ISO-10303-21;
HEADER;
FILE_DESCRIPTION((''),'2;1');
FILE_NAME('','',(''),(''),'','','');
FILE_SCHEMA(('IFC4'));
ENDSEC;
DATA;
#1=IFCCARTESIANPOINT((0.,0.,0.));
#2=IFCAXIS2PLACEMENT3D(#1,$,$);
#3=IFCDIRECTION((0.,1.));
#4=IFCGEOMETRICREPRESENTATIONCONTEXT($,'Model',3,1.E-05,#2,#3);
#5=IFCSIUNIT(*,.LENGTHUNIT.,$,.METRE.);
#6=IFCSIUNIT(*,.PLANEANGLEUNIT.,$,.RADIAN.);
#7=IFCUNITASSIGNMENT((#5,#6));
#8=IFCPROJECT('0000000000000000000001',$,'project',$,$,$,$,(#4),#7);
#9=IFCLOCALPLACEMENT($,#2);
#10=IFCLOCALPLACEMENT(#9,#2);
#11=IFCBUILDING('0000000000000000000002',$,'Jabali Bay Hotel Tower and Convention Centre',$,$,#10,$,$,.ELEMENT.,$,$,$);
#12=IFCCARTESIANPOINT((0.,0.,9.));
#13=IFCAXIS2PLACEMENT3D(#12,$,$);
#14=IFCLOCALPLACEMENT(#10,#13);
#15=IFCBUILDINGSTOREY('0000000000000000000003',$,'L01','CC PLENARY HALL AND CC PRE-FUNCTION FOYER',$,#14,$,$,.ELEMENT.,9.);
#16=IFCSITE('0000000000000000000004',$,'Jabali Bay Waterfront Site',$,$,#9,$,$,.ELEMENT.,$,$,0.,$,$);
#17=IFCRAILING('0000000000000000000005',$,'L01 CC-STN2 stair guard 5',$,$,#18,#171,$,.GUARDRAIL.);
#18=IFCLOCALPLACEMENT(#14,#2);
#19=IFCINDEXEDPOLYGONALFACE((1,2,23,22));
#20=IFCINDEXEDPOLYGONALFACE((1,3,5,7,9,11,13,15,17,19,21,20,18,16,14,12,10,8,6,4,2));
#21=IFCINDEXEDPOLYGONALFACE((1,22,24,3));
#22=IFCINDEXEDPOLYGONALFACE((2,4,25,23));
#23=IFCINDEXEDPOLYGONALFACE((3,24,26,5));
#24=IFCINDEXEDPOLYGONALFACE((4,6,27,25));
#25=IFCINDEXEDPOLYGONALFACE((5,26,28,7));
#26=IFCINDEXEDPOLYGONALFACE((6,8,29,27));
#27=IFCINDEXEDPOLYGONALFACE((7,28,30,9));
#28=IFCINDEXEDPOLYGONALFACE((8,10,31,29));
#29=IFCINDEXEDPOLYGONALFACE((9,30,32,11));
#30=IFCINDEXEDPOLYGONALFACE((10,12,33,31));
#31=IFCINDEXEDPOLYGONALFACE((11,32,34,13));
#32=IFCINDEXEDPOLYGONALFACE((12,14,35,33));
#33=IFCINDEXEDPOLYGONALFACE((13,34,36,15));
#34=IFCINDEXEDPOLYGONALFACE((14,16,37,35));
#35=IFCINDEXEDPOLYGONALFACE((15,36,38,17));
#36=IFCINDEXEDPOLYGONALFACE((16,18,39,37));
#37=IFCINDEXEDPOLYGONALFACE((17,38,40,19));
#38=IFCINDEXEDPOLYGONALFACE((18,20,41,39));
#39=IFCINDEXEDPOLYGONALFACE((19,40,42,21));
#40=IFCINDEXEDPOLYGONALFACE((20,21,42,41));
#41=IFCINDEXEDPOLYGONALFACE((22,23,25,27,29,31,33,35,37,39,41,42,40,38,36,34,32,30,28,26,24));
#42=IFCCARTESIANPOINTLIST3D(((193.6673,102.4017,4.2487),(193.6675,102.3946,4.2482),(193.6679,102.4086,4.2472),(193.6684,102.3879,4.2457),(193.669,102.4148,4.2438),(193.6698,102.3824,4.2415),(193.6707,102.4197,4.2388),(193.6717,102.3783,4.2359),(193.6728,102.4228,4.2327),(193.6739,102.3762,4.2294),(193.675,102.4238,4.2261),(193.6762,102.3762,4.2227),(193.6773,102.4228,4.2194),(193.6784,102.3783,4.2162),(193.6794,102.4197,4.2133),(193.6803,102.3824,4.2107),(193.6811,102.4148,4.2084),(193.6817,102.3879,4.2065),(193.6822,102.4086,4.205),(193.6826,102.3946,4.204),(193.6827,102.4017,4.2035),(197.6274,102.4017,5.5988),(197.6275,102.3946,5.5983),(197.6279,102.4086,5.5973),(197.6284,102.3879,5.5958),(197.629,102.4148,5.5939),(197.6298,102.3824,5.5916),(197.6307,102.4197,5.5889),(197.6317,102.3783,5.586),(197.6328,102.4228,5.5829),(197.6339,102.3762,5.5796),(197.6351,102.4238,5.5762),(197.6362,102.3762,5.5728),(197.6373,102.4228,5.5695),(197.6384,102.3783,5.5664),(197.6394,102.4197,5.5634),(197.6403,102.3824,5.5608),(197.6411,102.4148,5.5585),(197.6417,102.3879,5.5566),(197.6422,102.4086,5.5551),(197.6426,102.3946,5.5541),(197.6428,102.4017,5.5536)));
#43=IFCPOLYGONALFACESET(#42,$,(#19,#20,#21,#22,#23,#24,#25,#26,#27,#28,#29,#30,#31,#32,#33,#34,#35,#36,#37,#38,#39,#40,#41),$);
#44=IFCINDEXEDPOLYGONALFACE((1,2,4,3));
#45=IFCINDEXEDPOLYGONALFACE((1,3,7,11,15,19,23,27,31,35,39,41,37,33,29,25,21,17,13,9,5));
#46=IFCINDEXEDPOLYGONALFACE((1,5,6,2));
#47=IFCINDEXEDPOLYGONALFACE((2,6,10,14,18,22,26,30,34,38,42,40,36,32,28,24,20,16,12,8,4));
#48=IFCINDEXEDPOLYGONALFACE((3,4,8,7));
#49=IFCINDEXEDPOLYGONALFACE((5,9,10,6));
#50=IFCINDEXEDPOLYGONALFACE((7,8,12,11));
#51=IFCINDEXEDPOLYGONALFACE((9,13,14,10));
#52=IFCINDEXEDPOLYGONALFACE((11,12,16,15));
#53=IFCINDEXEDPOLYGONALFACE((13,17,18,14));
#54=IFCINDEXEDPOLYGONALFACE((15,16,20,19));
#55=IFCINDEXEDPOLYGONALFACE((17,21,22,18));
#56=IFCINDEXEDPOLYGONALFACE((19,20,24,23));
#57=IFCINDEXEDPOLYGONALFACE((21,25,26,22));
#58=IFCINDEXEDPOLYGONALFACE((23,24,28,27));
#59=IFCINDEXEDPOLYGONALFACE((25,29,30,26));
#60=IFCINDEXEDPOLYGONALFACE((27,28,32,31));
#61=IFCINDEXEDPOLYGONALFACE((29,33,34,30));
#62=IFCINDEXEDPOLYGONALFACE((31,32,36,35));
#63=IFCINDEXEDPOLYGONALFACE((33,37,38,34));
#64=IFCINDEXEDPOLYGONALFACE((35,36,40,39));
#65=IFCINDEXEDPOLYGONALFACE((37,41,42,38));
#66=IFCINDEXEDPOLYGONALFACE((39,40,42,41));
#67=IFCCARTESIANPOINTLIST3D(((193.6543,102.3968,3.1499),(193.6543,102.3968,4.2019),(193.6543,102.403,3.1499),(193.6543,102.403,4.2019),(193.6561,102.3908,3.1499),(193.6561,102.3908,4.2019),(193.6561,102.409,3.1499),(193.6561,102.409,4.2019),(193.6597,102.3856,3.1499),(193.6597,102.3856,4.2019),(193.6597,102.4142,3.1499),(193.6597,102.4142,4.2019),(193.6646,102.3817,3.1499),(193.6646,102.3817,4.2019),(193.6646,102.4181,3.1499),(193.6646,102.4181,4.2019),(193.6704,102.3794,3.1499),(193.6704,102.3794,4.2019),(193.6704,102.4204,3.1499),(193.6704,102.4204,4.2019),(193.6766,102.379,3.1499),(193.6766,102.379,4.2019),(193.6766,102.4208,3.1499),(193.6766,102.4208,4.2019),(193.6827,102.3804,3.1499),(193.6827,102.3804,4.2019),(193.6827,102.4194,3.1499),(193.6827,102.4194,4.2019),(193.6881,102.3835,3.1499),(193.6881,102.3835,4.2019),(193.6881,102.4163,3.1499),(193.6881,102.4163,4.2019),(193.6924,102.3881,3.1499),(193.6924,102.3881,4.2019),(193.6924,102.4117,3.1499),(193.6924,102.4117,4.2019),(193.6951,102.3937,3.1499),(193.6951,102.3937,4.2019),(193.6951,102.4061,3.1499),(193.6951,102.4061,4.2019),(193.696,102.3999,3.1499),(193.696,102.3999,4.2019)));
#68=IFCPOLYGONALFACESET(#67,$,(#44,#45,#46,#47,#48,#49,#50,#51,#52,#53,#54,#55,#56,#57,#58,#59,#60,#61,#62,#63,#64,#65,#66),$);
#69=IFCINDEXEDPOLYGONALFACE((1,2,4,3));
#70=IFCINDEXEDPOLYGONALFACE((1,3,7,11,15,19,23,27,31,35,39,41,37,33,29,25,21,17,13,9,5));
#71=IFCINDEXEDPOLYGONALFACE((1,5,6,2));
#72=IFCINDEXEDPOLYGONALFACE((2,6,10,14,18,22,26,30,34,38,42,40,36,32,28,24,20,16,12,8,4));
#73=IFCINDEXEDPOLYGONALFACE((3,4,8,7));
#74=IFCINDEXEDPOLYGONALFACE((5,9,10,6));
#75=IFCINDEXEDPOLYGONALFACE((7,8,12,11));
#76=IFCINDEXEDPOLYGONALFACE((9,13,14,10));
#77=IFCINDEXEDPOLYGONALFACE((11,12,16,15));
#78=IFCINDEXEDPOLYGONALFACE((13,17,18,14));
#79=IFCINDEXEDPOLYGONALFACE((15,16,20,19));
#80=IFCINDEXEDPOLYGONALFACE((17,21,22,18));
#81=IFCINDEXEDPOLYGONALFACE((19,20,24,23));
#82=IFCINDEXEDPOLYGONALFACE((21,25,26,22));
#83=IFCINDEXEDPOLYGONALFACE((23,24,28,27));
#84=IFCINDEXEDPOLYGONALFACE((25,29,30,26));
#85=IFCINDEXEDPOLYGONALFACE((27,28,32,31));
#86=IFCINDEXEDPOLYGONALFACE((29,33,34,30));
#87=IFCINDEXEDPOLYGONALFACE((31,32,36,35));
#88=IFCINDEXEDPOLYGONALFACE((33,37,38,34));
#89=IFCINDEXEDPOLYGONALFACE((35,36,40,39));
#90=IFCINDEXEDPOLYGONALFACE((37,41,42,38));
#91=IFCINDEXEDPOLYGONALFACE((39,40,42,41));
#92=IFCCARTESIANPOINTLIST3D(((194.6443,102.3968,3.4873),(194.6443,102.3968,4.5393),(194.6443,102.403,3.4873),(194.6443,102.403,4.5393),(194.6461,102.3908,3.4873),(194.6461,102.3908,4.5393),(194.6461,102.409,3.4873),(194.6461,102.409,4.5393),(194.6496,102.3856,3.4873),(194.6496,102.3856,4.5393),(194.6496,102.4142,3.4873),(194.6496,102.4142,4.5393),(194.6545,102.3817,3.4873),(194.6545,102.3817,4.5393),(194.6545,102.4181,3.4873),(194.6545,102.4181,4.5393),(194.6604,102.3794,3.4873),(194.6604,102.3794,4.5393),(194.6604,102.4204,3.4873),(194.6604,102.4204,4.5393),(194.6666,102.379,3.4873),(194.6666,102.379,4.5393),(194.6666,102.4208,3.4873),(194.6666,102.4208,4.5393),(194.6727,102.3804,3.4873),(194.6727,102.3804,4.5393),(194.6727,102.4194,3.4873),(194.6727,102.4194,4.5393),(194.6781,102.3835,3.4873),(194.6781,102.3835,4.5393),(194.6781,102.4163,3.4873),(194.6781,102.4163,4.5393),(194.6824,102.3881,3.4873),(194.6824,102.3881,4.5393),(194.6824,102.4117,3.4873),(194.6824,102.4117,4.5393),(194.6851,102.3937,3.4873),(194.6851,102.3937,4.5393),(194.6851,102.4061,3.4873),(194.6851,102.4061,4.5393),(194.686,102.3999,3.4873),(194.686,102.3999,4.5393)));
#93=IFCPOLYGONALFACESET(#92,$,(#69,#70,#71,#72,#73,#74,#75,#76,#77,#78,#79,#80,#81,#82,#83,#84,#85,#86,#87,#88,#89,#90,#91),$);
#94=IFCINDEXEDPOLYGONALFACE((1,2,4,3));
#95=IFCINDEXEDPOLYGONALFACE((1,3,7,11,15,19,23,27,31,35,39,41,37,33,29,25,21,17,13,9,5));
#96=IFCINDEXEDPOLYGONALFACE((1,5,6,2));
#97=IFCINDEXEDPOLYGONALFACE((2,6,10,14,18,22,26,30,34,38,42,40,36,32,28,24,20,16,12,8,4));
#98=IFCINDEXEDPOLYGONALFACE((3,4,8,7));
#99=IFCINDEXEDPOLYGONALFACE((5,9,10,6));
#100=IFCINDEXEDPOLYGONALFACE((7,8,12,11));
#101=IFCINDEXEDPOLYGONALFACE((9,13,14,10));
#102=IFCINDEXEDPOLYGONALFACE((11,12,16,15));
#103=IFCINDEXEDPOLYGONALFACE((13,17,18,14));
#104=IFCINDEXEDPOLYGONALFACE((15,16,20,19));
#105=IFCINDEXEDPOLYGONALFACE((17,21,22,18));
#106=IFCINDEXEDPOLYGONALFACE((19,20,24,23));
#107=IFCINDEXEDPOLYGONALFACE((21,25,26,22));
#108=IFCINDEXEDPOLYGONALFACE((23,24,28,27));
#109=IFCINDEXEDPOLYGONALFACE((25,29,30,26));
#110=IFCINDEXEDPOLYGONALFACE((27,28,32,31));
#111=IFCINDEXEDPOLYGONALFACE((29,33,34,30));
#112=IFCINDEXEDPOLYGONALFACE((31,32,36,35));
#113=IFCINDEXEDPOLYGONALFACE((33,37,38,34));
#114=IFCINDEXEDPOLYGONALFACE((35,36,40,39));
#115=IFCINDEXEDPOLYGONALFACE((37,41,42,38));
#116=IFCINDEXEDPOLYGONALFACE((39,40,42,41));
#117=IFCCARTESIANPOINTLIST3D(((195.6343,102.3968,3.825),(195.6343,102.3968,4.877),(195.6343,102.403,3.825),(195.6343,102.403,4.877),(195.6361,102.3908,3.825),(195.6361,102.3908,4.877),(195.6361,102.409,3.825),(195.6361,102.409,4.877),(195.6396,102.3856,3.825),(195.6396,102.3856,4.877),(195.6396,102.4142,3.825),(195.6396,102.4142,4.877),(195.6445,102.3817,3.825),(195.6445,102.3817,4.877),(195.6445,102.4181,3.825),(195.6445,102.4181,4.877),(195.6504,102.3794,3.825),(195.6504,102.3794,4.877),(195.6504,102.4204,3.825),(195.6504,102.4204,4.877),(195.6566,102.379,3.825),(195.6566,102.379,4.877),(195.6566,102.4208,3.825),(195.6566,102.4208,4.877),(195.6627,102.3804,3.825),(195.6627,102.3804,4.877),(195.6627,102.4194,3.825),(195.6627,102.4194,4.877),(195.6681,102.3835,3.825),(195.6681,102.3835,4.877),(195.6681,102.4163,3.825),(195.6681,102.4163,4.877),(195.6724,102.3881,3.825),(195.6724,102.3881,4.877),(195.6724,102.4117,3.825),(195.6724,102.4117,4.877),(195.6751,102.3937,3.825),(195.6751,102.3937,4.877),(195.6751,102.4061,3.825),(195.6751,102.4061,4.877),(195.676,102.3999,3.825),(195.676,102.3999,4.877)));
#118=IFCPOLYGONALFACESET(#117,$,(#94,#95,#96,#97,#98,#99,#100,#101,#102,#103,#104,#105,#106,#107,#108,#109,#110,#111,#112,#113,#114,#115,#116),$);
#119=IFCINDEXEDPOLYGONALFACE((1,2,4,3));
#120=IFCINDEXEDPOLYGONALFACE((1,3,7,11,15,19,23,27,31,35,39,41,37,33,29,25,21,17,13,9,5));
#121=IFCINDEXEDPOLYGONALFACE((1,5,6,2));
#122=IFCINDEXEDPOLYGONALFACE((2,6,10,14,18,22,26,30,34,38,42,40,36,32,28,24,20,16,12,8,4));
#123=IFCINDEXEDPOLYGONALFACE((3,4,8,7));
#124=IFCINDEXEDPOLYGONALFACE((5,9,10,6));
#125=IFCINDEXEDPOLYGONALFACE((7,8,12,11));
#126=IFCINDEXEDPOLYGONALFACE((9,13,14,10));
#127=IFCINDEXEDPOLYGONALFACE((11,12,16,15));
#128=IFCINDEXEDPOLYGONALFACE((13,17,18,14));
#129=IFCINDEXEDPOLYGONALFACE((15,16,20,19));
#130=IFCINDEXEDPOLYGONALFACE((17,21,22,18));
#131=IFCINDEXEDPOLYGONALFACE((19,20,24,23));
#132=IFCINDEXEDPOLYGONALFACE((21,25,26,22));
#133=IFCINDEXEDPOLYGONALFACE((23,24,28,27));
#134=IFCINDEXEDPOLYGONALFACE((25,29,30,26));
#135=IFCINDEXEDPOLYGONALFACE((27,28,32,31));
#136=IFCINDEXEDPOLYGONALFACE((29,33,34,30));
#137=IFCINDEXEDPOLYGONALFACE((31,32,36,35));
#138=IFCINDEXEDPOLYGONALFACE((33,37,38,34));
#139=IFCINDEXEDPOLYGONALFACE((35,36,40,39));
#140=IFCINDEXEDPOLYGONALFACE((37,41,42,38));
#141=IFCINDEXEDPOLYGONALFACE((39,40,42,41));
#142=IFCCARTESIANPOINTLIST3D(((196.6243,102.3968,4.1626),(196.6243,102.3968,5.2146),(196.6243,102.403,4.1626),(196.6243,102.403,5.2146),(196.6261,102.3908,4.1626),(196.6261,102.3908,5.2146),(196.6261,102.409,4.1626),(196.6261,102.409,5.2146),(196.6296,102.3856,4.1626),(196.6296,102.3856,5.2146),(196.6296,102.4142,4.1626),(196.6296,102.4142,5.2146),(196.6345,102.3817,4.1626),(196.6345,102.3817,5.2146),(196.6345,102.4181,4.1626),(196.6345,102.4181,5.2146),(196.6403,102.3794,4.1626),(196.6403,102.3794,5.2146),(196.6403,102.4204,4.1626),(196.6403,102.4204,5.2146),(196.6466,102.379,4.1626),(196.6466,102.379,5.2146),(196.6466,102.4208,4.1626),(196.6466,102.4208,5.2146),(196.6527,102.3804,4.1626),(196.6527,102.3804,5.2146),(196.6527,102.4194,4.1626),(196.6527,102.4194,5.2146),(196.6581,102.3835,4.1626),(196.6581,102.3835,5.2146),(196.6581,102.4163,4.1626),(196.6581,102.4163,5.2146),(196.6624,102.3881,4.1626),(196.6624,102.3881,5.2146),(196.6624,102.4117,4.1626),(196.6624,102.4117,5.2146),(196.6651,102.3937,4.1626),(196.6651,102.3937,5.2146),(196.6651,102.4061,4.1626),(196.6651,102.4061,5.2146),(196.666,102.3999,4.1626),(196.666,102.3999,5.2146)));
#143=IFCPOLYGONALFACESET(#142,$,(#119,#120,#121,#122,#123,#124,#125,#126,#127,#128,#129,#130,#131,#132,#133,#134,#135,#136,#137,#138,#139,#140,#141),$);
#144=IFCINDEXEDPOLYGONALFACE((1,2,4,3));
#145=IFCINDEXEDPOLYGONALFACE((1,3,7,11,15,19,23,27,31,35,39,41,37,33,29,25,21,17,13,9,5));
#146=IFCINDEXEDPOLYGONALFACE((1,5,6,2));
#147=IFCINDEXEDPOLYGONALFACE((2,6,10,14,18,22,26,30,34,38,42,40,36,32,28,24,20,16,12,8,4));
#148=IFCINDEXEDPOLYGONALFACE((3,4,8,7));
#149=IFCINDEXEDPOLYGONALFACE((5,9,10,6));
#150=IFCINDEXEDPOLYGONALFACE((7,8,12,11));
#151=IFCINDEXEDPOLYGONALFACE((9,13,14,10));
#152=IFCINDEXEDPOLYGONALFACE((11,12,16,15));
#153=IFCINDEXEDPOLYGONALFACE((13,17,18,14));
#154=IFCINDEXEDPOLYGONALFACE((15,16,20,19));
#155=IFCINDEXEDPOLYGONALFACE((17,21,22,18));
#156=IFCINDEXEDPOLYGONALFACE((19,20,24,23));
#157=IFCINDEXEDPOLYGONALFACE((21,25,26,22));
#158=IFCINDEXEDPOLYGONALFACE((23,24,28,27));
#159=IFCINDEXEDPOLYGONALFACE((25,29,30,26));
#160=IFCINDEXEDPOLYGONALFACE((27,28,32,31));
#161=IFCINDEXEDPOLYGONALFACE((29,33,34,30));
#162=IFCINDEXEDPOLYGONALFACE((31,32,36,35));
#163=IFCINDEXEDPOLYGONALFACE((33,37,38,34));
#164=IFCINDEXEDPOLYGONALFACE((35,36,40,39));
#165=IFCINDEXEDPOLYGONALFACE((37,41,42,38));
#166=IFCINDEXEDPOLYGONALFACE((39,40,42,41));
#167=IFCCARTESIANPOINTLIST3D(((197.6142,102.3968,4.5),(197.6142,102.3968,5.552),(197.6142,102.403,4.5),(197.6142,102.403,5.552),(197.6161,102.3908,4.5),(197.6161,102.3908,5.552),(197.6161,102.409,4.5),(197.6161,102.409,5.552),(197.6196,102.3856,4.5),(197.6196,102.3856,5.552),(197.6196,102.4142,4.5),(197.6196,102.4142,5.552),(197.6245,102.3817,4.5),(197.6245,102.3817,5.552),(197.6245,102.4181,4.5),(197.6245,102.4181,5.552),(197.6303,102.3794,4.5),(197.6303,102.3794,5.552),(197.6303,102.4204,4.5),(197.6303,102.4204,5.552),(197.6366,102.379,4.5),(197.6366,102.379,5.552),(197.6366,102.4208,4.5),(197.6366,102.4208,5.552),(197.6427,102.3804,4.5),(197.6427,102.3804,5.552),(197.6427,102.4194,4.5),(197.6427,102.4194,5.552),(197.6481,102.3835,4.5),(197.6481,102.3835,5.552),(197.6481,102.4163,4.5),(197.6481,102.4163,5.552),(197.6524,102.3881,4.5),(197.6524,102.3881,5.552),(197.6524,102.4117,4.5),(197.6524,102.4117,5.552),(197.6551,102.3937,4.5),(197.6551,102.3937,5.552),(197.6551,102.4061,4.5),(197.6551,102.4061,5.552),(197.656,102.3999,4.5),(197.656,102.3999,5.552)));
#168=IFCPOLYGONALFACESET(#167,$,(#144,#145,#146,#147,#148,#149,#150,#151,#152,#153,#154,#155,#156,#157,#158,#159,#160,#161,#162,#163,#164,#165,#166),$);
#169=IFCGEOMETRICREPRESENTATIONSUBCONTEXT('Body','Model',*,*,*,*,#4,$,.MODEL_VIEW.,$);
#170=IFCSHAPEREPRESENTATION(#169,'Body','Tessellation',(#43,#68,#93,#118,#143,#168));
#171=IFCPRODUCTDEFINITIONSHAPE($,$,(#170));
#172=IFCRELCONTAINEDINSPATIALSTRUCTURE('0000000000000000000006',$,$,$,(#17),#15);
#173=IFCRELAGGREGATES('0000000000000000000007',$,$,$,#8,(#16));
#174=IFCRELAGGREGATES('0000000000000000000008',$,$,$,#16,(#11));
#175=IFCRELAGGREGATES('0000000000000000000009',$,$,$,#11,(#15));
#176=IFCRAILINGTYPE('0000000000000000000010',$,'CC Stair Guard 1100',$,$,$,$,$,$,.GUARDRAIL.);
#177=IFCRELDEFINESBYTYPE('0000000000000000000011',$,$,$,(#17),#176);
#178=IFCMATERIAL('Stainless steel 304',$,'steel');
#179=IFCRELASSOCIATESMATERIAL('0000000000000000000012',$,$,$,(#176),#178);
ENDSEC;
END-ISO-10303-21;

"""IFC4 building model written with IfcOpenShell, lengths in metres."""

from ifc_helpers import new_model, si_unit, direction, frame, origin, origin_2d, place, context, subcontext, project, spatial, circle, extrude, material, type_object, element, save


model = new_model("IFC4")

# Units and contexts
model_context = context("Model", 3, precision=1e-05, world=origin(), true_north=direction((0.0, 1.0)))
body_context = subcontext(model_context, "Body", "Model", "MODEL_VIEW")
ifc_project = project(units=[si_unit("LENGTHUNIT", "METRE"), si_unit("PLANEANGLEUNIT", "RADIAN")], contexts=[model_context])

# Site, building, storey
site_placement = place(None, origin())
site = spatial("IfcSite", under=ifc_project, at=site_placement, Name="Jabali Bay Waterfront Site", CompositionType="ELEMENT", RefElevation=0.0)
building_placement = place(site_placement, origin())
building = spatial("IfcBuilding", under=site, at=building_placement, Name="Jabali Bay Hotel Tower and Convention Centre", CompositionType="ELEMENT")
storey_placement = place(building_placement, frame((0.0, 0.0, 9.0)))
storey = spatial("IfcBuildingStorey", under=building, at=storey_placement, Name="L01", Description="CC PLENARY HALL AND CC PRE-FUNCTION FOYER", CompositionType="ELEMENT", Elevation=9.0)

# Railing
ifc_material_1 = material(Name="Stainless steel 304", Category="steel")
railing_type_1 = type_object("IfcRailingType", Name="CC Stair Guard 1100", PredefinedType="GUARDRAIL", material=ifc_material_1)
railing_1_placement = place(storey_placement, frame((193.675, 102.3999, 3.1499)))
element("IfcRailing", 1, at=railing_1_placement, inside=storey, type_object=railing_type_1, Name="L01 CC-STN2 stair guard 5", PredefinedType="GUARDRAIL", context=body_context, shape_type="SweptSolid", body=[
    extrude(circle(Radius=0.0239, at=origin_2d()), frame((0.0, 0.0, 1.0762), z_axis=(0.946502, 0.0, 0.322698), x_axis=(0.0, 1.0, 0.0)), (0.0, 0.0, 1.0), 4.1838),
    extrude(circle(Radius=0.021, at=origin_2d()), origin(), (0.0, 0.0, 1.0), 1.052),
    extrude(circle(Radius=0.021, at=origin_2d()), frame((0.99, 0.0, 0.3374)), (0.0, 0.0, 1.0), 1.052),
    extrude(circle(Radius=0.021, at=origin_2d()), frame((1.98, 0.0, 0.675)), (0.0, 0.0, 1.0), 1.052),
    extrude(circle(Radius=0.021, at=origin_2d()), frame((2.97, 0.0, 1.0127)), (0.0, 0.0, 1.0), 1.052),
    extrude(circle(Radius=0.021, at=origin_2d()), frame((3.96, 0.0, 1.3501)), (0.0, 0.0, 1.0), 1.052),
])

save(model, "model.ifc")
